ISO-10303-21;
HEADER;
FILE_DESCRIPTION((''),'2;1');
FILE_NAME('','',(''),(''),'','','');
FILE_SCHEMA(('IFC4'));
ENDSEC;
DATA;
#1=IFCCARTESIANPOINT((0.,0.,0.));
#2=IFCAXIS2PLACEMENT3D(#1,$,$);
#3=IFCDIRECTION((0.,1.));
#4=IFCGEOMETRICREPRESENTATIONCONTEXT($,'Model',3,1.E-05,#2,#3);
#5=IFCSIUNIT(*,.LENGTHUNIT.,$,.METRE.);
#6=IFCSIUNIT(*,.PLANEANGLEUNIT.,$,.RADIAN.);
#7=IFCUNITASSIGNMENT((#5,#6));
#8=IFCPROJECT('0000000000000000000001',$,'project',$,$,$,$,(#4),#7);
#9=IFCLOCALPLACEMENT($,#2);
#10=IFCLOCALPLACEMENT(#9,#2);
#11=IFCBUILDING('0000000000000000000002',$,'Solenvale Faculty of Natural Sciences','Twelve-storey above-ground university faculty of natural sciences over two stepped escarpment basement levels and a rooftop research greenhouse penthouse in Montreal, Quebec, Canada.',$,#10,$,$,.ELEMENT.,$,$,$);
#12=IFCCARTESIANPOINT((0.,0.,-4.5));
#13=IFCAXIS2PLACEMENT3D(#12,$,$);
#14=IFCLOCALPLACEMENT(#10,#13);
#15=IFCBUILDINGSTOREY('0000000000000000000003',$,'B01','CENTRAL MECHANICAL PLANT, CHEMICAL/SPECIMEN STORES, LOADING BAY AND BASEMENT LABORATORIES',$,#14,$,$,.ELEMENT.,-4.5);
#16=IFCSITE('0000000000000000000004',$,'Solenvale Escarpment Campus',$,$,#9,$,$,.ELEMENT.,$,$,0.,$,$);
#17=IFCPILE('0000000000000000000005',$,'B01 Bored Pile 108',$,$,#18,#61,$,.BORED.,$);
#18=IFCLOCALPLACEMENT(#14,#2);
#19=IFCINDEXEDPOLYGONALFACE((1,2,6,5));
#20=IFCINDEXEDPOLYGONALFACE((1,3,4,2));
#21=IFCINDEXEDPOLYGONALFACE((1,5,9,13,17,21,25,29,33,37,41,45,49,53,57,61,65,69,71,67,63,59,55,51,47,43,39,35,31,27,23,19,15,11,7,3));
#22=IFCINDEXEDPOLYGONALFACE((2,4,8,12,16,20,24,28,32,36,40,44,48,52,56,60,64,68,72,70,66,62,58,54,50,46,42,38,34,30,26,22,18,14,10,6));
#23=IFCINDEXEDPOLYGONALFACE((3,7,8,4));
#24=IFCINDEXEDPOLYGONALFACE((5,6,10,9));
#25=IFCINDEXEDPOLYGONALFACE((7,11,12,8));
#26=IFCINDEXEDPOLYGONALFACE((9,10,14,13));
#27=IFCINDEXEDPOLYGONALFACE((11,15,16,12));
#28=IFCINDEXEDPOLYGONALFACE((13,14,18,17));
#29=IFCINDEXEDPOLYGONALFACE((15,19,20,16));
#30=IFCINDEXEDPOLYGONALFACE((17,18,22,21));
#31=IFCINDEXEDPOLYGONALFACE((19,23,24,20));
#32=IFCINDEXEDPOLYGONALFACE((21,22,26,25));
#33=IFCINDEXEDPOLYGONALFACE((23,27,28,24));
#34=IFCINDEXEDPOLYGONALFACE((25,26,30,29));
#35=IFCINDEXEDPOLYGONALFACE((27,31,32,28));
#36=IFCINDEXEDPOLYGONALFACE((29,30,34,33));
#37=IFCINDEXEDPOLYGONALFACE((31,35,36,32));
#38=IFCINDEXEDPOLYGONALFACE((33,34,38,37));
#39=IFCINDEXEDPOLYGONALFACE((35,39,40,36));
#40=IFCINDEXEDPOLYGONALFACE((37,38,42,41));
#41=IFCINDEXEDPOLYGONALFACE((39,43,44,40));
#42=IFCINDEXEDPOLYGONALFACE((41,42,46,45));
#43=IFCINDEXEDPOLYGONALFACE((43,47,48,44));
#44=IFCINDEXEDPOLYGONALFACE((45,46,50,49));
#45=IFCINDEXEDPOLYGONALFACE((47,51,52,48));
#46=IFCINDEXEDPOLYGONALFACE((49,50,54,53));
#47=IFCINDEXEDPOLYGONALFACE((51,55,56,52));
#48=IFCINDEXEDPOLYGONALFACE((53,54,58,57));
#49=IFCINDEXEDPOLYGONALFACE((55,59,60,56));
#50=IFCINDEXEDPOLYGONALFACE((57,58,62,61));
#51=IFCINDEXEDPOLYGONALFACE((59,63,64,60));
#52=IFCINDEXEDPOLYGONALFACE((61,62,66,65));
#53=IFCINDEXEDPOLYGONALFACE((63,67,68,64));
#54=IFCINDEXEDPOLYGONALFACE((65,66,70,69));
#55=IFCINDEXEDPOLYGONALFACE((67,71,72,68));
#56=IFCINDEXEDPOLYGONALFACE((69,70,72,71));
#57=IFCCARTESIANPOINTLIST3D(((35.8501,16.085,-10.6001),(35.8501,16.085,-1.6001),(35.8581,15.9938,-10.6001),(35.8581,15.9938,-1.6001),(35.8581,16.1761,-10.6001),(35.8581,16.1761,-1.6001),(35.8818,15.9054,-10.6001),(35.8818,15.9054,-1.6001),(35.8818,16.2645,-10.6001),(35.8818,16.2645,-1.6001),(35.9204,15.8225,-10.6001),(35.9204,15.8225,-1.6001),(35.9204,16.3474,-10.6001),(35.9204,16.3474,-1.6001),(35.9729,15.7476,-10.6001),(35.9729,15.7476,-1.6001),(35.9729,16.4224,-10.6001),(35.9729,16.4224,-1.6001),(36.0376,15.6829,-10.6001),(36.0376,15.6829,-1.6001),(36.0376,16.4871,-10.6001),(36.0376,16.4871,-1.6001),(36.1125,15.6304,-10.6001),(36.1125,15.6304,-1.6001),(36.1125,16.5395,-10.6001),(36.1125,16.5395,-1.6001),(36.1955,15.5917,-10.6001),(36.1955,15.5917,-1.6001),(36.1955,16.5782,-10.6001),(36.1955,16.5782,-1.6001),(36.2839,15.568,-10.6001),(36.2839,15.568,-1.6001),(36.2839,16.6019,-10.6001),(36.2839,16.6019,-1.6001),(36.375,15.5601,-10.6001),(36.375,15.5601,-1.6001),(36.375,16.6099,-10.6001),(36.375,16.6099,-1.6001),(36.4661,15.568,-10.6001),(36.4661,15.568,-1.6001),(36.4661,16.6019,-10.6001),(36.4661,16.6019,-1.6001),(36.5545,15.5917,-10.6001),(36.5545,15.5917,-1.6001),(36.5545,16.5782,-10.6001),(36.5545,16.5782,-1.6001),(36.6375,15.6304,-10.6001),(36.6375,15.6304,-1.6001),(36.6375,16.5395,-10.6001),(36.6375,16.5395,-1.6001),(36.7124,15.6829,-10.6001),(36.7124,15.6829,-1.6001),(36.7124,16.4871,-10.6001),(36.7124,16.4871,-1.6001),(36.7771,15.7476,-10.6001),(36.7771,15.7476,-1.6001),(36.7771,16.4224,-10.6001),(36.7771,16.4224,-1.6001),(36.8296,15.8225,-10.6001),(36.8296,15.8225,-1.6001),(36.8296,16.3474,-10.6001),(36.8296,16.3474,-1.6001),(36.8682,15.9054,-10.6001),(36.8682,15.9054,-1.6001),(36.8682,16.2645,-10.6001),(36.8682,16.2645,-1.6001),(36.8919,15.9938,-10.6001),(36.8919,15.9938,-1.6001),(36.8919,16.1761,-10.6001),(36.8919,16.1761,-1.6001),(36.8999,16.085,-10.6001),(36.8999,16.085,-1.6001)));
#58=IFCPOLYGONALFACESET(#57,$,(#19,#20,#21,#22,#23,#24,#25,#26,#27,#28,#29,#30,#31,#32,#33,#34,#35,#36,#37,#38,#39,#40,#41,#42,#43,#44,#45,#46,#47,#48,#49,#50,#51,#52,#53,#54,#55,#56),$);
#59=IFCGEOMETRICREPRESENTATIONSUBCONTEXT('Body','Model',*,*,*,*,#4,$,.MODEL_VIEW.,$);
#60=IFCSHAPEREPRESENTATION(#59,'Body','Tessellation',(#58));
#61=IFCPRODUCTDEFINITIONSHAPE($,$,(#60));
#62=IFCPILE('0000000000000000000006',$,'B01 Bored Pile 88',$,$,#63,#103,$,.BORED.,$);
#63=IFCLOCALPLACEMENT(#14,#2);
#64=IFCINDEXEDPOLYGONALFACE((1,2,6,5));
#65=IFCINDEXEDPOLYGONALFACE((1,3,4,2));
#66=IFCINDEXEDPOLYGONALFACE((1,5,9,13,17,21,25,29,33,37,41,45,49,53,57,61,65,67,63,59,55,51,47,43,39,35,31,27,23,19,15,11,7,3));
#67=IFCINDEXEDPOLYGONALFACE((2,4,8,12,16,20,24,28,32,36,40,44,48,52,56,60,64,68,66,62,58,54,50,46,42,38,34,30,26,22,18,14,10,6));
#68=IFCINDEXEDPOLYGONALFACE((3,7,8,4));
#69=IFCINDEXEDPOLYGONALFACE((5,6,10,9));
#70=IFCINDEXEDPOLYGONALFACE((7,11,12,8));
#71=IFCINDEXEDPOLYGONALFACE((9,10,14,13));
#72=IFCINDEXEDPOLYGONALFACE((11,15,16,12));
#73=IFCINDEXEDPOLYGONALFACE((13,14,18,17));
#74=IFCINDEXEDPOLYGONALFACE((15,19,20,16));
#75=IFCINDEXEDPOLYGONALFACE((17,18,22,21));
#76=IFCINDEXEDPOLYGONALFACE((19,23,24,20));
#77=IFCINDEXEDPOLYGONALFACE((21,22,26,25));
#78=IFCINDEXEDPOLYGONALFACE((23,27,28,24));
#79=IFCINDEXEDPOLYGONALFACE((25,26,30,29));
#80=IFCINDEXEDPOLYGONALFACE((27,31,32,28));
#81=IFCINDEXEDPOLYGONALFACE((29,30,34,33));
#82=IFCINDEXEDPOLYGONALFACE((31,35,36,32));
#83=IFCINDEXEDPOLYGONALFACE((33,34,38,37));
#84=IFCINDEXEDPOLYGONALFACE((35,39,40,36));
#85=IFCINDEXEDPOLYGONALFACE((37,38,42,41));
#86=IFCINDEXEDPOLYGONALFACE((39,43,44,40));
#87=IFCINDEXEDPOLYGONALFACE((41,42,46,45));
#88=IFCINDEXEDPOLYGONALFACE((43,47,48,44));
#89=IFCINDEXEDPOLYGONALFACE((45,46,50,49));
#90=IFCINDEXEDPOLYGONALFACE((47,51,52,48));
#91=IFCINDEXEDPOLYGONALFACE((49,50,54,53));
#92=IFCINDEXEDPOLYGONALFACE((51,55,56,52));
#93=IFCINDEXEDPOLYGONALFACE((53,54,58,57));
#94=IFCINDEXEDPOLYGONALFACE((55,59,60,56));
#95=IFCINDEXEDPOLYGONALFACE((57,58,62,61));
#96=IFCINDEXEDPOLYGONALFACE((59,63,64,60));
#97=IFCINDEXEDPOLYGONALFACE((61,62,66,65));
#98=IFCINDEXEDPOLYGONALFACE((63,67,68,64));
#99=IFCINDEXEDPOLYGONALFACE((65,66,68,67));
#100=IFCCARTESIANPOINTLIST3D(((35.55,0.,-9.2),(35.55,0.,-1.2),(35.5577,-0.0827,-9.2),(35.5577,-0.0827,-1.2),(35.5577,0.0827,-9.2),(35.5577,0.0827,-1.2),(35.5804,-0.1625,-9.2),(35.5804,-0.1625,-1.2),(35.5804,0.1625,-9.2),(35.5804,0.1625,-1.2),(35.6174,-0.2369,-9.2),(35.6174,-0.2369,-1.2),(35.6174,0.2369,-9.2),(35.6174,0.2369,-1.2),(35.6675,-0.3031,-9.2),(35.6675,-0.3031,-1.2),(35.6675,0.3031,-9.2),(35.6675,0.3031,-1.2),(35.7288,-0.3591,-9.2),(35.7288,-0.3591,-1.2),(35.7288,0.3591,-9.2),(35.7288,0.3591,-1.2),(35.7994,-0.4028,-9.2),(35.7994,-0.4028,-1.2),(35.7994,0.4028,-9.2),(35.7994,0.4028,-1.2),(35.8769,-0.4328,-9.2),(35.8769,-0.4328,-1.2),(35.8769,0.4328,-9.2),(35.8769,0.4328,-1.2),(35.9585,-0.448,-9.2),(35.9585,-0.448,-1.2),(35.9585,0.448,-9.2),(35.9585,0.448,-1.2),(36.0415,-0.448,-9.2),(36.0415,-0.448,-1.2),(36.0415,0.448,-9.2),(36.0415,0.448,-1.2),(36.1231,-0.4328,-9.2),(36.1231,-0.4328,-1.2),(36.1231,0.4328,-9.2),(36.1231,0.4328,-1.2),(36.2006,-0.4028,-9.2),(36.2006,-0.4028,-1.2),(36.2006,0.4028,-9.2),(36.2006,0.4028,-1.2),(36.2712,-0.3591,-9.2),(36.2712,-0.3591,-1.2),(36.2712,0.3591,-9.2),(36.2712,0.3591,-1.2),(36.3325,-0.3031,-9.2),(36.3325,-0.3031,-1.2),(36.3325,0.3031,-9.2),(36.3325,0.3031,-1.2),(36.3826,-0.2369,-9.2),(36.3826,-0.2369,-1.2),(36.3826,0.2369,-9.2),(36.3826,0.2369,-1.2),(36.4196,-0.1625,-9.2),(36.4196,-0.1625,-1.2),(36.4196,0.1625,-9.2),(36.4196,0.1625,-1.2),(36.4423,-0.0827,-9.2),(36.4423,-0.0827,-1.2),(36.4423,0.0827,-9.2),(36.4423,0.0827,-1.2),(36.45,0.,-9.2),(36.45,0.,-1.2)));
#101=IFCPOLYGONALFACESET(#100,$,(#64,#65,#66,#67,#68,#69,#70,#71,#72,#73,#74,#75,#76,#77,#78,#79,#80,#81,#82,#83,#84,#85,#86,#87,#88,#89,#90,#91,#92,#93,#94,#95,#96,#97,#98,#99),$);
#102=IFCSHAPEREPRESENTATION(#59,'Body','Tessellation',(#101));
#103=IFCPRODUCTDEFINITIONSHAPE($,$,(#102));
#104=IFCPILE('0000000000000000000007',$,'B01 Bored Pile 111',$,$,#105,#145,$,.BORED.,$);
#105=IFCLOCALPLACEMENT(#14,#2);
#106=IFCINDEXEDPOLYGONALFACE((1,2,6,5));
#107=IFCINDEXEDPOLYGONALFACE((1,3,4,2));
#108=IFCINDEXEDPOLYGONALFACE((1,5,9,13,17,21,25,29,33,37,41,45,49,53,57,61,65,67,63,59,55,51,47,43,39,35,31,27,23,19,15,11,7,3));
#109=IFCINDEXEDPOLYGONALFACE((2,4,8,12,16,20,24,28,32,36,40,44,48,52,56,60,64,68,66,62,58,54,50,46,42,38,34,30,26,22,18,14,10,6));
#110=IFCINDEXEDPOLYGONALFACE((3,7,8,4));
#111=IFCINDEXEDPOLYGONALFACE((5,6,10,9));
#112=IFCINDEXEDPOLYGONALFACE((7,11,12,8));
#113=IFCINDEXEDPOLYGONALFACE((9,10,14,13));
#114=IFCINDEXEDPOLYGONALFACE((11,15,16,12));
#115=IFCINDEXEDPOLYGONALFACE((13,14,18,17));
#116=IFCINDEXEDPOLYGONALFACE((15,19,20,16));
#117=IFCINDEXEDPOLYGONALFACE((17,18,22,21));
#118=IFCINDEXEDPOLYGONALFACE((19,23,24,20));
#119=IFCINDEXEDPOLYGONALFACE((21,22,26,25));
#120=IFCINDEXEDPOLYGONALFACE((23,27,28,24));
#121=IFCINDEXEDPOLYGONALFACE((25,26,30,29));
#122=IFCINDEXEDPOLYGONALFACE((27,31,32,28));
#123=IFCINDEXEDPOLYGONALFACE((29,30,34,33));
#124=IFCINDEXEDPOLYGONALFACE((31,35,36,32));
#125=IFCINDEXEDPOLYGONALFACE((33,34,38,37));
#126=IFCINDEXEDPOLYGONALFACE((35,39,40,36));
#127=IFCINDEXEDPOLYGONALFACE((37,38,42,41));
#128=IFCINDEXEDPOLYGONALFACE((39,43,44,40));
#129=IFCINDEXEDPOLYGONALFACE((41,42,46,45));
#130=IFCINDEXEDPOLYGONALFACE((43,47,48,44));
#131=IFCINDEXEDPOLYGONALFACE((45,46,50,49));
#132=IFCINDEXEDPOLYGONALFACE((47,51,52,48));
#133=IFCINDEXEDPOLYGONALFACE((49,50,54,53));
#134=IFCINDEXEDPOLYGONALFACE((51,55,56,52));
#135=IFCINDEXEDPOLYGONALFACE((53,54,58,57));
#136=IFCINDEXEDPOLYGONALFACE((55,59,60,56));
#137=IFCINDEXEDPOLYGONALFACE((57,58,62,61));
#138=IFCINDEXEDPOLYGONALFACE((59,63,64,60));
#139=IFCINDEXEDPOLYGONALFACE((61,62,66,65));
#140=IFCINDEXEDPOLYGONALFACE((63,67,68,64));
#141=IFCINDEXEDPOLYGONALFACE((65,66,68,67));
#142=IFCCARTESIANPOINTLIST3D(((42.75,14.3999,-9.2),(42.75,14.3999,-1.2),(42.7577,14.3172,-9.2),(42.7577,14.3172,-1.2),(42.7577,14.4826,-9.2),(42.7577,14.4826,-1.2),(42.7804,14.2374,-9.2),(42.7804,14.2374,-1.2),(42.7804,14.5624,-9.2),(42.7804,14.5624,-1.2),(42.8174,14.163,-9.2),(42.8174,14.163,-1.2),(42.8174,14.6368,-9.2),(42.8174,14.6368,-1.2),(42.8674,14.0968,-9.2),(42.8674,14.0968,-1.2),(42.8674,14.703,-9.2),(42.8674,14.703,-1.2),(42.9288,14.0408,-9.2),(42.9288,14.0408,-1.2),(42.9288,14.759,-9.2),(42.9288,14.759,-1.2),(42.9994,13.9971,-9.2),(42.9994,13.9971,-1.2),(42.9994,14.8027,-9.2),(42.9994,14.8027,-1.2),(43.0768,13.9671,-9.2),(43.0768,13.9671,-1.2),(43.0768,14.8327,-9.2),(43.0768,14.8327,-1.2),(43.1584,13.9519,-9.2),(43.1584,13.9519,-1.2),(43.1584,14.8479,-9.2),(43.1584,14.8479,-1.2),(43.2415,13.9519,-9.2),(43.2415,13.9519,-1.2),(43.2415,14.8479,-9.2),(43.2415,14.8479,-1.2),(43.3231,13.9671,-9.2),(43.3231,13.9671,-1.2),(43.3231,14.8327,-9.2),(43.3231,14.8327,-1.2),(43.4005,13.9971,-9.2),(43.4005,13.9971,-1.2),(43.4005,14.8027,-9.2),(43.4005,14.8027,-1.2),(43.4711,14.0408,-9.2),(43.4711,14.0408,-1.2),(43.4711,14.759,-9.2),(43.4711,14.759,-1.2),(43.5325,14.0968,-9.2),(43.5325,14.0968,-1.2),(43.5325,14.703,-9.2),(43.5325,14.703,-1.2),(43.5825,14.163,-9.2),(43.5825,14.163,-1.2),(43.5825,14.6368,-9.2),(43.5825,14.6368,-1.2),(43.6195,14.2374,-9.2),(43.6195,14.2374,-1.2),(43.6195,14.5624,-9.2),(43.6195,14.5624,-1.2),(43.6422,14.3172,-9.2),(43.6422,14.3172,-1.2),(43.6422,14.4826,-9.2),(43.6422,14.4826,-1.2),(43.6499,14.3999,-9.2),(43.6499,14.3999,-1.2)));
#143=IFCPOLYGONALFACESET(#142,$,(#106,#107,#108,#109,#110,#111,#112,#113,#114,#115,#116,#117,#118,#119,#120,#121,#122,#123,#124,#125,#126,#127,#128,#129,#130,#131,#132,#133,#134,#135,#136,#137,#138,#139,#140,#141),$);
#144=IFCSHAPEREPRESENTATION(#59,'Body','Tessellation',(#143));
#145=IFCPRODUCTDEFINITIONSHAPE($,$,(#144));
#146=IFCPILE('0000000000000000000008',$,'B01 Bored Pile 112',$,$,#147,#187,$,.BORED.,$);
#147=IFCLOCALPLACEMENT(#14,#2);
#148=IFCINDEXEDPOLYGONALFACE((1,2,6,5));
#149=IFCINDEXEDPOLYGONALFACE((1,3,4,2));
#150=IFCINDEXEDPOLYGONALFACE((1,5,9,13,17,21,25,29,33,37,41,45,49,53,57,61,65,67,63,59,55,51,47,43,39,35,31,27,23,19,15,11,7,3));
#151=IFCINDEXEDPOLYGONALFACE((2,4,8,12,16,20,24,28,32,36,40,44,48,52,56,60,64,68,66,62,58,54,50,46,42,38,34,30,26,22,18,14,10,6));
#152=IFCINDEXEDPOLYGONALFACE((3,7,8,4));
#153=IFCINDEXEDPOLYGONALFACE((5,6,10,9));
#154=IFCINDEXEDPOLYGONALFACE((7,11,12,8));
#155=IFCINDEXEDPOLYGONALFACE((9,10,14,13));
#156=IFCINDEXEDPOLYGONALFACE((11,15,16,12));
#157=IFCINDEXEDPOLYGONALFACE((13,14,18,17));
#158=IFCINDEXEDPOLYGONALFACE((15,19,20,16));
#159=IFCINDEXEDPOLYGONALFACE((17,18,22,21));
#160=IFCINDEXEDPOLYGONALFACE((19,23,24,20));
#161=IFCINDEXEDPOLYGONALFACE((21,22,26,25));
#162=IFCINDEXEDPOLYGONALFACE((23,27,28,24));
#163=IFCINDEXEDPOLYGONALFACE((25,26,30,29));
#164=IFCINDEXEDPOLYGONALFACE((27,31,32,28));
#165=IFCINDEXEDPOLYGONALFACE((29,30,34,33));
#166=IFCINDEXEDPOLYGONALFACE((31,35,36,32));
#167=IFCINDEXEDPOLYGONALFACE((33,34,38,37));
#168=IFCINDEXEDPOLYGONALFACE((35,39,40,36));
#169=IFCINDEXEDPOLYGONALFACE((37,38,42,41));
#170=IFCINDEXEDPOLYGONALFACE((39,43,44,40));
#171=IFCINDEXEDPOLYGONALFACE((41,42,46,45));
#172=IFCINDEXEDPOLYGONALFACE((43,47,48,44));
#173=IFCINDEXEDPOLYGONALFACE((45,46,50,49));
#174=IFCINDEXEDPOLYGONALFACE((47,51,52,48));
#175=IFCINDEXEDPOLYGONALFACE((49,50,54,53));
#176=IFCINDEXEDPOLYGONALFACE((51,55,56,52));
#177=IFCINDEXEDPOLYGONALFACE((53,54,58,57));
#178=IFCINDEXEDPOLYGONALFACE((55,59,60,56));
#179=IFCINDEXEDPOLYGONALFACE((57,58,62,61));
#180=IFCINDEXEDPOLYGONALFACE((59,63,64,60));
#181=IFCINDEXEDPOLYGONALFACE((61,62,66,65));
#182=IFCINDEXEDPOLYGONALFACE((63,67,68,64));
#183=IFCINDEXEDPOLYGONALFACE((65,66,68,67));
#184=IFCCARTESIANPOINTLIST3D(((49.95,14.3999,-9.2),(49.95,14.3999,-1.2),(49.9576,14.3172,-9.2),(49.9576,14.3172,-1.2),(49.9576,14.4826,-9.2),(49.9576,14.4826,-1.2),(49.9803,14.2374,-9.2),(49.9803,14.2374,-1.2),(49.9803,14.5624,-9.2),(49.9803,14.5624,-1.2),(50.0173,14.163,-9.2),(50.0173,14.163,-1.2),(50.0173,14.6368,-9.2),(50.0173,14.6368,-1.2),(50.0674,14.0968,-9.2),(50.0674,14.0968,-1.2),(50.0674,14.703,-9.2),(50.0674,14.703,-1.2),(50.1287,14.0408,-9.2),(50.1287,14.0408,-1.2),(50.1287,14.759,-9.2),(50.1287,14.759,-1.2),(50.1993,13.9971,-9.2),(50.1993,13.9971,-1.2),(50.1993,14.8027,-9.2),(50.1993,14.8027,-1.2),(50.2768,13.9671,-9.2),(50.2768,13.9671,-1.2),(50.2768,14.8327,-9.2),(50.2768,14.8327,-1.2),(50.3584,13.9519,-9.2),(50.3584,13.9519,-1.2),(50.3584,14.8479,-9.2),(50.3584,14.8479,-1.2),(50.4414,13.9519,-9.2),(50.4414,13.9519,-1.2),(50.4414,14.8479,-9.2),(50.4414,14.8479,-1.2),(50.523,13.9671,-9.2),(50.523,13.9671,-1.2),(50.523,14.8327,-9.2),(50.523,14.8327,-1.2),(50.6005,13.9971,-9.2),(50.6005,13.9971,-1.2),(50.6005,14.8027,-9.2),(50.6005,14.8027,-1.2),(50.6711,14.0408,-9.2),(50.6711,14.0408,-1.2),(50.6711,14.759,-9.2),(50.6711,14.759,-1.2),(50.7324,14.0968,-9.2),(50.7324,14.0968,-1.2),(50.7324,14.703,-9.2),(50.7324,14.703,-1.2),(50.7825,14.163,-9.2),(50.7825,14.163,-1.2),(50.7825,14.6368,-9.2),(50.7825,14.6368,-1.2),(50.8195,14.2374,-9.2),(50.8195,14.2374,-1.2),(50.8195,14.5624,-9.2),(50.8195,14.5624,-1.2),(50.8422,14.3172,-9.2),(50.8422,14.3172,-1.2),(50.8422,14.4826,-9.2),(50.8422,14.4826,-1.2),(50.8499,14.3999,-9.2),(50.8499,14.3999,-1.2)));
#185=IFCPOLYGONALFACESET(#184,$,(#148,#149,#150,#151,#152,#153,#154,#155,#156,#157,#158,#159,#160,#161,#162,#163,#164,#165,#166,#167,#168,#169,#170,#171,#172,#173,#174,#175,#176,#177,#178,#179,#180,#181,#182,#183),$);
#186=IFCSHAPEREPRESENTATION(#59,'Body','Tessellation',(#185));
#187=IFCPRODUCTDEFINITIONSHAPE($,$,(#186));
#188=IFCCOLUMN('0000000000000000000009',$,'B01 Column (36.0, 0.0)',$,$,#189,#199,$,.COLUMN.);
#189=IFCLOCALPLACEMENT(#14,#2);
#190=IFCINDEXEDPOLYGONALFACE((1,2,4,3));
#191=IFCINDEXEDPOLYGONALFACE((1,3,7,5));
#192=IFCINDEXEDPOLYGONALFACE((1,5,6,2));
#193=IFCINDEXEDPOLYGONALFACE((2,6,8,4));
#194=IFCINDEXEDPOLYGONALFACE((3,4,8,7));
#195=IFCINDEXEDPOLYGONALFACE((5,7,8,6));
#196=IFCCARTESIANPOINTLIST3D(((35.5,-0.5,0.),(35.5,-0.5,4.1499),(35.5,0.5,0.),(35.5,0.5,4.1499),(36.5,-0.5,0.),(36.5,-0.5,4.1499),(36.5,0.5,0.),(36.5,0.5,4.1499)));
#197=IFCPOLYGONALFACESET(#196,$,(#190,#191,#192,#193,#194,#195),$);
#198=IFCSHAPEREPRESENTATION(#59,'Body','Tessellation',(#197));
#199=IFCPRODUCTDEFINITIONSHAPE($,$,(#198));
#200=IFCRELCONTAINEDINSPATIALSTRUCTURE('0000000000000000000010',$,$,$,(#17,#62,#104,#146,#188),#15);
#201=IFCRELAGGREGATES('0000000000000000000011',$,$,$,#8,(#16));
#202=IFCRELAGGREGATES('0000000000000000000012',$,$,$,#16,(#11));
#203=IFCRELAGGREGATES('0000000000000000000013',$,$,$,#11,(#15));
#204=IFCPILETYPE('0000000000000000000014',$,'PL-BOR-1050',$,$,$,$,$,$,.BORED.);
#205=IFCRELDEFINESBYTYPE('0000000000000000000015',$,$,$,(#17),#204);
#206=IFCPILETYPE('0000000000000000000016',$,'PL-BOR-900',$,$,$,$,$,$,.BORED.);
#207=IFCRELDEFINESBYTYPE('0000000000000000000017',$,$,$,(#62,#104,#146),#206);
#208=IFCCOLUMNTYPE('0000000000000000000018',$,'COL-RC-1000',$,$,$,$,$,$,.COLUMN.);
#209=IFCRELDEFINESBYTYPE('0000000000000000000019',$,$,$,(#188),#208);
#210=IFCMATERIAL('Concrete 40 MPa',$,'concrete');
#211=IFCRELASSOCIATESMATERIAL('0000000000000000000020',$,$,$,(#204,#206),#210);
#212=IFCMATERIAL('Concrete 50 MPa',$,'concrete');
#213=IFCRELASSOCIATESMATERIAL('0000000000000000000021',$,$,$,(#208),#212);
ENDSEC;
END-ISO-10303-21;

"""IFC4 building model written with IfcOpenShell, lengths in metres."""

from ifc_helpers import new_model, si_unit, direction, frame, origin, origin_2d, place, context, subcontext, project, spatial, rectangle, circle, extrude, material, material_profile, profile_set, type_object, element, save


model = new_model("IFC4")

# Units and contexts
model_context = context("Model", 3, precision=1e-05, world=origin(), true_north=direction((0.0, 1.0)))
body_context = subcontext(model_context, "Body", "Model", "MODEL_VIEW")
ifc_project = project(units=[si_unit("LENGTHUNIT", "METRE"), si_unit("PLANEANGLEUNIT", "RADIAN")], contexts=[model_context])

# Site, building, storey
site_placement = place(None, origin())
site = spatial("IfcSite", under=ifc_project, at=site_placement, Name="Solenvale Escarpment Campus", CompositionType="ELEMENT", RefElevation=0.0)
building_placement = place(site_placement, origin())
building = spatial("IfcBuilding", under=site, at=building_placement, Name="Solenvale Faculty of Natural Sciences", Description="Twelve-storey above-ground university faculty of natural sciences over two stepped escarpment basement levels and a rooftop research greenhouse penthouse in Montreal, Quebec, Canada.", CompositionType="ELEMENT")
storey_placement = place(building_placement, frame((0.0, 0.0, -4.5)))
storey = spatial("IfcBuildingStorey", under=building, at=storey_placement, Name="B01", Description="CENTRAL MECHANICAL PLANT, CHEMICAL/SPECIMEN STORES, LOADING BAY AND BASEMENT LABORATORIES", CompositionType="ELEMENT", Elevation=-4.5)

# Shared definitions
ifc_material_1 = material(Name="Concrete 40 MPa", Category="concrete")

# Piles
ifc_material_profile_1 = material_profile(ifc_material_1, circle(Radius=0.5249, at=origin_2d()), Name="PILE-D1050")
ifc_profile_set_1 = profile_set([ifc_material_profile_1], Name="Concrete 40 MPa")
pile_type_1 = type_object("IfcPileType", Name="PL-BOR-1050", PredefinedType="BORED", material=ifc_profile_set_1)
for number, where, z_axis, x_axis, name in (
    (1, (36.375, 16.085, -1.6001), (0.0, 0.0, -1.0), (1.0, 0.0, 0.0), "B01 Bored Pile 108"),
):
    element("IfcPile", number, at=place(storey_placement, frame(where, z_axis=z_axis, x_axis=x_axis)), inside=storey, type_object=pile_type_1, Name=name, PredefinedType="BORED", context=body_context, shape_type="SweptSolid", body=[
        extrude(circle(Radius=0.5249, at=origin_2d()), origin(), (0.0, 0.0, 1.0), 9.0),
    ])
ifc_material_profile_2 = material_profile(ifc_material_1, circle(Radius=0.45, at=origin_2d()), Name="PILE-D900")
ifc_profile_set_2 = profile_set([ifc_material_profile_2], Name="Concrete 40 MPa")
pile_type_2 = type_object("IfcPileType", Name="PL-BOR-900", PredefinedType="BORED", material=ifc_profile_set_2)
for number, where, z_axis, x_axis, name in (
    (2, (36.0, 0.0, -1.2), (0.0, 0.0, -1.0), (1.0, 0.0, 0.0), "B01 Bored Pile 88"),
    (3, (43.2, 14.3999, -1.2), (0.0, 0.0, -1.0), (1.0, 0.0, 0.0), "B01 Bored Pile 111"),
    (4, (50.3999, 14.3999, -1.2), (0.0, 0.0, -1.0), (1.0, 0.0, 0.0), "B01 Bored Pile 112"),
):
    element("IfcPile", number, at=place(storey_placement, frame(where, z_axis=z_axis, x_axis=x_axis)), inside=storey, type_object=pile_type_2, Name=name, PredefinedType="BORED", context=body_context, shape_type="SweptSolid", body=[
        extrude(circle(Radius=0.45, at=origin_2d()), origin(), (0.0, 0.0, 1.0), 8.0),
    ])

# Column
ifc_material_2 = material(Name="Concrete 50 MPa", Category="concrete")
ifc_material_profile_3 = material_profile(ifc_material_2, rectangle(XDim=1.0, YDim=1.0, at=origin_2d()), Name="RC-COL-1000x1000")
ifc_profile_set_3 = profile_set([ifc_material_profile_3], Name="Concrete 50 MPa")
column_type = type_object("IfcColumnType", Name="COL-RC-1000", PredefinedType="COLUMN", material=ifc_profile_set_3)
for number, where, z_axis, x_axis, name in (
    (5, (36.0, 0.0, 0.0), (0.0, 0.0, 1.0), (1.0, 0.0, 0.0), "B01 Column (36.0, 0.0)"),
):
    element("IfcColumn", number, at=place(storey_placement, frame(where, z_axis=z_axis, x_axis=x_axis)), inside=storey, type_object=column_type, Name=name, PredefinedType="COLUMN", context=body_context, shape_type="SweptSolid", body=[
        extrude(rectangle(XDim=1.0, YDim=1.0, at=origin_2d()), origin(), (0.0, 0.0, 1.0), 4.1499),
    ])

save(model, "model.ifc")
